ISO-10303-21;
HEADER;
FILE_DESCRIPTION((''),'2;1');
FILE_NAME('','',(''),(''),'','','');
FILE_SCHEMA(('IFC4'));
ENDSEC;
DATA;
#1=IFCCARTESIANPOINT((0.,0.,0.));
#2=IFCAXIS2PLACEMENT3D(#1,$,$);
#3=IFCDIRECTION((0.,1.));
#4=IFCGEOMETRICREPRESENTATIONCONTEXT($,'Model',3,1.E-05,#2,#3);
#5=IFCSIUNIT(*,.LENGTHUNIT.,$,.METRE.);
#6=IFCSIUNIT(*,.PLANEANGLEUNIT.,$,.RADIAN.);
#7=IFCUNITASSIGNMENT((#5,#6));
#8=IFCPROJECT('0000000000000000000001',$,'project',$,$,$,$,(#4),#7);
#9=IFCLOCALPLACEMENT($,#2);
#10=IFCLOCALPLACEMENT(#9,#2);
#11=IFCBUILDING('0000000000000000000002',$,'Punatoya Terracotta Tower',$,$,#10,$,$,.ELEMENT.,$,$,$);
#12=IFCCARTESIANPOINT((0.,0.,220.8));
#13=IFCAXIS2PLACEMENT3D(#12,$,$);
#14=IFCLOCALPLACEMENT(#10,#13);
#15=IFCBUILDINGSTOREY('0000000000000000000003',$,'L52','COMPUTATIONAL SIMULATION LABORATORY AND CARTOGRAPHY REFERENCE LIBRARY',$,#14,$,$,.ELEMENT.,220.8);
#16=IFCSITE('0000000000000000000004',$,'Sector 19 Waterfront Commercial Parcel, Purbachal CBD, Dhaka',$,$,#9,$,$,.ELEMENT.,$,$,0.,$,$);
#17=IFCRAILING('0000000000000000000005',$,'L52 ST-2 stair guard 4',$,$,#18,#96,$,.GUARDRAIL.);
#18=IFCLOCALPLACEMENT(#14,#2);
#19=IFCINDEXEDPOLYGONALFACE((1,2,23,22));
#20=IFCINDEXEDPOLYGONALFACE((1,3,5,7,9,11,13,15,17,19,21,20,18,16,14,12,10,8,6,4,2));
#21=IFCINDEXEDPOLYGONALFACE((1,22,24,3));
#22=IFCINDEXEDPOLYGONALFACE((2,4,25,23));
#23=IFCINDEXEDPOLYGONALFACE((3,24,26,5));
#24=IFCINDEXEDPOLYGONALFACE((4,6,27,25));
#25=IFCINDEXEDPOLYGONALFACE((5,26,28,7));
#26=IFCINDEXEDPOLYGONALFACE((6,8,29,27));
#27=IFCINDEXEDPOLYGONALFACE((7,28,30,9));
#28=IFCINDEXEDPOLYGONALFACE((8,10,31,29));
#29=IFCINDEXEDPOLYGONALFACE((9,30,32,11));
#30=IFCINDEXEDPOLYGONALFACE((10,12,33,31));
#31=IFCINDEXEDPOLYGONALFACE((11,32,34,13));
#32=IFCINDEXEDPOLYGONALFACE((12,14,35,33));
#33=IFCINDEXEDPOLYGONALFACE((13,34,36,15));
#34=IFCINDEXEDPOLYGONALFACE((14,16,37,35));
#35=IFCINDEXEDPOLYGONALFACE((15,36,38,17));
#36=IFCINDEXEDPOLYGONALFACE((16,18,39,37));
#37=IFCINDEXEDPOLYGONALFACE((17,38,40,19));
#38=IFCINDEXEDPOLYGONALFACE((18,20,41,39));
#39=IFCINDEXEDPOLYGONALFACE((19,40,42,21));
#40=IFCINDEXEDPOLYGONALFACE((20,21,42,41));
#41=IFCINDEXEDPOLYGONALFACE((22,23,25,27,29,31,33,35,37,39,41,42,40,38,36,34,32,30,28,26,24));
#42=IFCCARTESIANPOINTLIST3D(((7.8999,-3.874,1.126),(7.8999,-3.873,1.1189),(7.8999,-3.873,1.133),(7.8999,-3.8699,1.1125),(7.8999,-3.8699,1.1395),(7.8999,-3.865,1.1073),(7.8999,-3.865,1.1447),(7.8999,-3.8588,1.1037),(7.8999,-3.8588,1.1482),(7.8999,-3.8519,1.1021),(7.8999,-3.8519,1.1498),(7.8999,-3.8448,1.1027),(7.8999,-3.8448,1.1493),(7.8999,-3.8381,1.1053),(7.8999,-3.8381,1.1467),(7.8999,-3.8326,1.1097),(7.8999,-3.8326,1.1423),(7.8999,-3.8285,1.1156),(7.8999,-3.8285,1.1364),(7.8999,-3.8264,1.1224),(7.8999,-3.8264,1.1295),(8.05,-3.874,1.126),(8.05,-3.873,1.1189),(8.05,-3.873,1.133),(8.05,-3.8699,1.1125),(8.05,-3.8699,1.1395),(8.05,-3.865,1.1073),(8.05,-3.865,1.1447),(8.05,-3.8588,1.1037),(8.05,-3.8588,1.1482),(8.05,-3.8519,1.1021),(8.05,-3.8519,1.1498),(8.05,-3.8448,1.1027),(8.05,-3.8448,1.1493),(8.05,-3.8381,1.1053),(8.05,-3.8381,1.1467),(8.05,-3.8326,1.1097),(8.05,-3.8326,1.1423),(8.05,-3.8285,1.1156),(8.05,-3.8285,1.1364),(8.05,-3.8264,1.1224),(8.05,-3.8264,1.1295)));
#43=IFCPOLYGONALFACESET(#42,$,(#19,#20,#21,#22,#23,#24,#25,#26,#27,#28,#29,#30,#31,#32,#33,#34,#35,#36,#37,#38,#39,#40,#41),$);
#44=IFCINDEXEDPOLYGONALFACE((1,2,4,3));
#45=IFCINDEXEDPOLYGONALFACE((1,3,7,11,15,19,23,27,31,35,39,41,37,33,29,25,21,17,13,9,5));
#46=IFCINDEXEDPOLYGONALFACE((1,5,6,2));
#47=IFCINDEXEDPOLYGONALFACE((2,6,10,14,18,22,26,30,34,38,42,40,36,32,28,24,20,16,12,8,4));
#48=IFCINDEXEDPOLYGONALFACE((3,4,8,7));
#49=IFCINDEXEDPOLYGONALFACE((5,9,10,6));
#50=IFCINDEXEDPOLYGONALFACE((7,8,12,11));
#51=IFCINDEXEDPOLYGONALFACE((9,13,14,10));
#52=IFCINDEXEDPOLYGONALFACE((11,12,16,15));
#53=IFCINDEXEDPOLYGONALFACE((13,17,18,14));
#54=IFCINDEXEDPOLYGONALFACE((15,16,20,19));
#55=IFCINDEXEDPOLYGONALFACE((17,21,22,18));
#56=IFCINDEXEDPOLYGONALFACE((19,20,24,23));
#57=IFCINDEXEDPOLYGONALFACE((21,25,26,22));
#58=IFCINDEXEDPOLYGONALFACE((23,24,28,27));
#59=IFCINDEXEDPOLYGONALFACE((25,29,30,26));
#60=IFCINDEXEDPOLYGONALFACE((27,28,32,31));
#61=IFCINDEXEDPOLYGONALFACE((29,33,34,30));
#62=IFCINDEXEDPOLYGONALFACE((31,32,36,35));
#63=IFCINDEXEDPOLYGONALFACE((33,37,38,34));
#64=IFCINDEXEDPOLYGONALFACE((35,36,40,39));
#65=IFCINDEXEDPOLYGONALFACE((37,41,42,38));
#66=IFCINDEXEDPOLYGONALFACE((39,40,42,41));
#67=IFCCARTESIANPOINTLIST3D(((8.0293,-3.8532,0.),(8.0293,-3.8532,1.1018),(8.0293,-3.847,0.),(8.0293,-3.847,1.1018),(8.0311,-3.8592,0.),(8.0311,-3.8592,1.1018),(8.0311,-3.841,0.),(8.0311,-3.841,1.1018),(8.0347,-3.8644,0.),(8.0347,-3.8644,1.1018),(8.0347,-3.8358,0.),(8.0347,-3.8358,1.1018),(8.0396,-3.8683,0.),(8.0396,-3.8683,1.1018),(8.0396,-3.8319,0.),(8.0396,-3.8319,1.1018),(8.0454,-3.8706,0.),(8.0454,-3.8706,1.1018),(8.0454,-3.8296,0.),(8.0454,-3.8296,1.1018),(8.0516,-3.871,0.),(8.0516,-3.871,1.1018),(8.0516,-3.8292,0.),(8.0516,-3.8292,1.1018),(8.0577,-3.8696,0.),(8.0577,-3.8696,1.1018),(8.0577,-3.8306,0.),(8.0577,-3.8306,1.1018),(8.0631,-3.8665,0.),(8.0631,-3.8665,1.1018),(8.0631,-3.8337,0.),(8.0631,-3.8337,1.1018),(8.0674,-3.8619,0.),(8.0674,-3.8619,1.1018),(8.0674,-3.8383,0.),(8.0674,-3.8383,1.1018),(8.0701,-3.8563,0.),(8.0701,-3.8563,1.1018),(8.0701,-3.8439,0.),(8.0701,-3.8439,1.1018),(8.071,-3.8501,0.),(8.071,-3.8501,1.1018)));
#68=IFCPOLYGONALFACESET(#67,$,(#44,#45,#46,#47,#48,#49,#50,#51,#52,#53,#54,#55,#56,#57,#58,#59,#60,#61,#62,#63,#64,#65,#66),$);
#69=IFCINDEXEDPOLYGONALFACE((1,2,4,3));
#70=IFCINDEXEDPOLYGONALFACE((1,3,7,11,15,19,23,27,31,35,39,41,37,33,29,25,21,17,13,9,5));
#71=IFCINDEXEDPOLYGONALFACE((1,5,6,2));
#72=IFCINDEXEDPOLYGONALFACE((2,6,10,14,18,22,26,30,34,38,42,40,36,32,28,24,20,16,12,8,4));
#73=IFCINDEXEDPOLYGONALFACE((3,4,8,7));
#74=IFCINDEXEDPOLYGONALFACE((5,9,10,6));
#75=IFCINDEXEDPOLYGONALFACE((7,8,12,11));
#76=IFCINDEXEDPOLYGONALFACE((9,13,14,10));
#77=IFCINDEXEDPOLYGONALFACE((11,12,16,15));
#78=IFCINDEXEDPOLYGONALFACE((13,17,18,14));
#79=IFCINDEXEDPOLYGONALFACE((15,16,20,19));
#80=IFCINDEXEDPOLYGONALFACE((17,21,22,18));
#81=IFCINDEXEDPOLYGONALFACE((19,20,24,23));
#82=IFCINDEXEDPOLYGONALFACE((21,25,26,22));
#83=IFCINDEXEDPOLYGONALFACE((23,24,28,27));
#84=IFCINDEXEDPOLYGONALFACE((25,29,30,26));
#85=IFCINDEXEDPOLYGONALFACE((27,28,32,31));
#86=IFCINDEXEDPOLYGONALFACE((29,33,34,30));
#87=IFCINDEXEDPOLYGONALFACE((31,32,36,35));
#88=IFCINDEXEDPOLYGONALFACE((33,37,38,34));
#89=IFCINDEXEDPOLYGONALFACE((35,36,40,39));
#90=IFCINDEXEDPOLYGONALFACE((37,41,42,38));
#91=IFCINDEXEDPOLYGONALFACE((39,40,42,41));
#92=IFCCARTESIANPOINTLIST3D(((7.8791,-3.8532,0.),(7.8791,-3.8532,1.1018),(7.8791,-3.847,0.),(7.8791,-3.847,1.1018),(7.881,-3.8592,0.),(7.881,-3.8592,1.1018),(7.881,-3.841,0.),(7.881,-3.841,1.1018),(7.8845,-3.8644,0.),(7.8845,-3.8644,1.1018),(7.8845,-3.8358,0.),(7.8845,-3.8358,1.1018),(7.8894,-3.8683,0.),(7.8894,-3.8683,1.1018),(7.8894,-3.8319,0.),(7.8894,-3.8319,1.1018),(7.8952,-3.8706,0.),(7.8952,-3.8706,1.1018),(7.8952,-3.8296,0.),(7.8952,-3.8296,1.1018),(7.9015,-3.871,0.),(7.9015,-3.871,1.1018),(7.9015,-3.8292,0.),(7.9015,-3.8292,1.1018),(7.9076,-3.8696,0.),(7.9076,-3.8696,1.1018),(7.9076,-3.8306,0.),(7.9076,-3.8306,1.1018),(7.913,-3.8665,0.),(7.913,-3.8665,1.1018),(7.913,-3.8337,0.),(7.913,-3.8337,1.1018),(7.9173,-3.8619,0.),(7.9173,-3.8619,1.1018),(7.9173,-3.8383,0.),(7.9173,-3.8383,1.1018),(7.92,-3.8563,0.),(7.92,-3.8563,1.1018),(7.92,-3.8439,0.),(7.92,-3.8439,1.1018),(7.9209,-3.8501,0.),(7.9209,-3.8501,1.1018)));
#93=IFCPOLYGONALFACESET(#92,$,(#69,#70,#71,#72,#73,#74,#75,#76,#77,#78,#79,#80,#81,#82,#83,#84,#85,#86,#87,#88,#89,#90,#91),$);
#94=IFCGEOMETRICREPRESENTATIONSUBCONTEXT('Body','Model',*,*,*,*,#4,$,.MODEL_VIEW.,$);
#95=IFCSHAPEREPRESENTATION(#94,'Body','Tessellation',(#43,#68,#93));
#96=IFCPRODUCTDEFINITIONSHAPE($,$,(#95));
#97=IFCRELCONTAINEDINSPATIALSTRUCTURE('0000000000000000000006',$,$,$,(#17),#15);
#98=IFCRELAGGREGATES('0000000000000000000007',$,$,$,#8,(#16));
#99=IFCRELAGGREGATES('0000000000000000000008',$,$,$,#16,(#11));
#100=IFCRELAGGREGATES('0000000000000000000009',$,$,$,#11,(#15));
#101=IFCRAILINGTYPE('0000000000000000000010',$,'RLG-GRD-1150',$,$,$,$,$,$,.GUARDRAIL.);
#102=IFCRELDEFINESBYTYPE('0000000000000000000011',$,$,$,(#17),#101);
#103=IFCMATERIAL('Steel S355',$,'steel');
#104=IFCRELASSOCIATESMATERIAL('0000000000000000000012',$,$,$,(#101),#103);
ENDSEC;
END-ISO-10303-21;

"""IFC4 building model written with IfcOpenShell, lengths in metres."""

from ifc_helpers import new_model, si_unit, direction, frame, origin, origin_2d, place, context, subcontext, project, spatial, circle, extrude, material, type_object, element, save


model = new_model("IFC4")

# Units and contexts
model_context = context("Model", 3, precision=1e-05, world=origin(), true_north=direction((0.0, 1.0)))
body_context = subcontext(model_context, "Body", "Model", "MODEL_VIEW")
ifc_project = project(units=[si_unit("LENGTHUNIT", "METRE"), si_unit("PLANEANGLEUNIT", "RADIAN")], contexts=[model_context])

# Site, building, storey
site_placement = place(None, origin())
site = spatial("IfcSite", under=ifc_project, at=site_placement, Name="Sector 19 Waterfront Commercial Parcel, Purbachal CBD, Dhaka", CompositionType="ELEMENT", RefElevation=0.0)
building_placement = place(site_placement, origin())
building = spatial("IfcBuilding", under=site, at=building_placement, Name="Punatoya Terracotta Tower", CompositionType="ELEMENT")
storey_placement = place(building_placement, frame((0.0, 0.0, 220.8)))
storey = spatial("IfcBuildingStorey", under=building, at=storey_placement, Name="L52", Description="COMPUTATIONAL SIMULATION LABORATORY AND CARTOGRAPHY REFERENCE LIBRARY", CompositionType="ELEMENT", Elevation=220.8)

# Railing
ifc_material_1 = material(Name="Steel S355", Category="steel")
railing_type_1 = type_object("IfcRailingType", Name="RLG-GRD-1150", PredefinedType="GUARDRAIL", material=ifc_material_1)
railing_1_placement = place(storey_placement, frame((8.05, -3.8501, 0.0)))
element("IfcRailing", 1, at=railing_1_placement, inside=storey, type_object=railing_type_1, Name="L52 ST-2 stair guard 4", PredefinedType="GUARDRAIL", context=body_context, shape_type="SweptSolid", body=[
    extrude(circle(Radius=0.0239, at=origin_2d()), frame((0.0, 0.0, 1.126), z_axis=(-1.0, 0.0, 0.0), x_axis=(0.0, -1.0, 0.0)), (0.0, 0.0, 1.0), 0.1501),
    extrude(circle(Radius=0.021, at=origin_2d()), origin(), (0.0, 0.0, 1.0), 1.1018),
    extrude(circle(Radius=0.021, at=origin_2d()), frame((-0.1501, 0.0, 0.0)), (0.0, 0.0, 1.0), 1.1018),
])

save(model, "model.ifc")
